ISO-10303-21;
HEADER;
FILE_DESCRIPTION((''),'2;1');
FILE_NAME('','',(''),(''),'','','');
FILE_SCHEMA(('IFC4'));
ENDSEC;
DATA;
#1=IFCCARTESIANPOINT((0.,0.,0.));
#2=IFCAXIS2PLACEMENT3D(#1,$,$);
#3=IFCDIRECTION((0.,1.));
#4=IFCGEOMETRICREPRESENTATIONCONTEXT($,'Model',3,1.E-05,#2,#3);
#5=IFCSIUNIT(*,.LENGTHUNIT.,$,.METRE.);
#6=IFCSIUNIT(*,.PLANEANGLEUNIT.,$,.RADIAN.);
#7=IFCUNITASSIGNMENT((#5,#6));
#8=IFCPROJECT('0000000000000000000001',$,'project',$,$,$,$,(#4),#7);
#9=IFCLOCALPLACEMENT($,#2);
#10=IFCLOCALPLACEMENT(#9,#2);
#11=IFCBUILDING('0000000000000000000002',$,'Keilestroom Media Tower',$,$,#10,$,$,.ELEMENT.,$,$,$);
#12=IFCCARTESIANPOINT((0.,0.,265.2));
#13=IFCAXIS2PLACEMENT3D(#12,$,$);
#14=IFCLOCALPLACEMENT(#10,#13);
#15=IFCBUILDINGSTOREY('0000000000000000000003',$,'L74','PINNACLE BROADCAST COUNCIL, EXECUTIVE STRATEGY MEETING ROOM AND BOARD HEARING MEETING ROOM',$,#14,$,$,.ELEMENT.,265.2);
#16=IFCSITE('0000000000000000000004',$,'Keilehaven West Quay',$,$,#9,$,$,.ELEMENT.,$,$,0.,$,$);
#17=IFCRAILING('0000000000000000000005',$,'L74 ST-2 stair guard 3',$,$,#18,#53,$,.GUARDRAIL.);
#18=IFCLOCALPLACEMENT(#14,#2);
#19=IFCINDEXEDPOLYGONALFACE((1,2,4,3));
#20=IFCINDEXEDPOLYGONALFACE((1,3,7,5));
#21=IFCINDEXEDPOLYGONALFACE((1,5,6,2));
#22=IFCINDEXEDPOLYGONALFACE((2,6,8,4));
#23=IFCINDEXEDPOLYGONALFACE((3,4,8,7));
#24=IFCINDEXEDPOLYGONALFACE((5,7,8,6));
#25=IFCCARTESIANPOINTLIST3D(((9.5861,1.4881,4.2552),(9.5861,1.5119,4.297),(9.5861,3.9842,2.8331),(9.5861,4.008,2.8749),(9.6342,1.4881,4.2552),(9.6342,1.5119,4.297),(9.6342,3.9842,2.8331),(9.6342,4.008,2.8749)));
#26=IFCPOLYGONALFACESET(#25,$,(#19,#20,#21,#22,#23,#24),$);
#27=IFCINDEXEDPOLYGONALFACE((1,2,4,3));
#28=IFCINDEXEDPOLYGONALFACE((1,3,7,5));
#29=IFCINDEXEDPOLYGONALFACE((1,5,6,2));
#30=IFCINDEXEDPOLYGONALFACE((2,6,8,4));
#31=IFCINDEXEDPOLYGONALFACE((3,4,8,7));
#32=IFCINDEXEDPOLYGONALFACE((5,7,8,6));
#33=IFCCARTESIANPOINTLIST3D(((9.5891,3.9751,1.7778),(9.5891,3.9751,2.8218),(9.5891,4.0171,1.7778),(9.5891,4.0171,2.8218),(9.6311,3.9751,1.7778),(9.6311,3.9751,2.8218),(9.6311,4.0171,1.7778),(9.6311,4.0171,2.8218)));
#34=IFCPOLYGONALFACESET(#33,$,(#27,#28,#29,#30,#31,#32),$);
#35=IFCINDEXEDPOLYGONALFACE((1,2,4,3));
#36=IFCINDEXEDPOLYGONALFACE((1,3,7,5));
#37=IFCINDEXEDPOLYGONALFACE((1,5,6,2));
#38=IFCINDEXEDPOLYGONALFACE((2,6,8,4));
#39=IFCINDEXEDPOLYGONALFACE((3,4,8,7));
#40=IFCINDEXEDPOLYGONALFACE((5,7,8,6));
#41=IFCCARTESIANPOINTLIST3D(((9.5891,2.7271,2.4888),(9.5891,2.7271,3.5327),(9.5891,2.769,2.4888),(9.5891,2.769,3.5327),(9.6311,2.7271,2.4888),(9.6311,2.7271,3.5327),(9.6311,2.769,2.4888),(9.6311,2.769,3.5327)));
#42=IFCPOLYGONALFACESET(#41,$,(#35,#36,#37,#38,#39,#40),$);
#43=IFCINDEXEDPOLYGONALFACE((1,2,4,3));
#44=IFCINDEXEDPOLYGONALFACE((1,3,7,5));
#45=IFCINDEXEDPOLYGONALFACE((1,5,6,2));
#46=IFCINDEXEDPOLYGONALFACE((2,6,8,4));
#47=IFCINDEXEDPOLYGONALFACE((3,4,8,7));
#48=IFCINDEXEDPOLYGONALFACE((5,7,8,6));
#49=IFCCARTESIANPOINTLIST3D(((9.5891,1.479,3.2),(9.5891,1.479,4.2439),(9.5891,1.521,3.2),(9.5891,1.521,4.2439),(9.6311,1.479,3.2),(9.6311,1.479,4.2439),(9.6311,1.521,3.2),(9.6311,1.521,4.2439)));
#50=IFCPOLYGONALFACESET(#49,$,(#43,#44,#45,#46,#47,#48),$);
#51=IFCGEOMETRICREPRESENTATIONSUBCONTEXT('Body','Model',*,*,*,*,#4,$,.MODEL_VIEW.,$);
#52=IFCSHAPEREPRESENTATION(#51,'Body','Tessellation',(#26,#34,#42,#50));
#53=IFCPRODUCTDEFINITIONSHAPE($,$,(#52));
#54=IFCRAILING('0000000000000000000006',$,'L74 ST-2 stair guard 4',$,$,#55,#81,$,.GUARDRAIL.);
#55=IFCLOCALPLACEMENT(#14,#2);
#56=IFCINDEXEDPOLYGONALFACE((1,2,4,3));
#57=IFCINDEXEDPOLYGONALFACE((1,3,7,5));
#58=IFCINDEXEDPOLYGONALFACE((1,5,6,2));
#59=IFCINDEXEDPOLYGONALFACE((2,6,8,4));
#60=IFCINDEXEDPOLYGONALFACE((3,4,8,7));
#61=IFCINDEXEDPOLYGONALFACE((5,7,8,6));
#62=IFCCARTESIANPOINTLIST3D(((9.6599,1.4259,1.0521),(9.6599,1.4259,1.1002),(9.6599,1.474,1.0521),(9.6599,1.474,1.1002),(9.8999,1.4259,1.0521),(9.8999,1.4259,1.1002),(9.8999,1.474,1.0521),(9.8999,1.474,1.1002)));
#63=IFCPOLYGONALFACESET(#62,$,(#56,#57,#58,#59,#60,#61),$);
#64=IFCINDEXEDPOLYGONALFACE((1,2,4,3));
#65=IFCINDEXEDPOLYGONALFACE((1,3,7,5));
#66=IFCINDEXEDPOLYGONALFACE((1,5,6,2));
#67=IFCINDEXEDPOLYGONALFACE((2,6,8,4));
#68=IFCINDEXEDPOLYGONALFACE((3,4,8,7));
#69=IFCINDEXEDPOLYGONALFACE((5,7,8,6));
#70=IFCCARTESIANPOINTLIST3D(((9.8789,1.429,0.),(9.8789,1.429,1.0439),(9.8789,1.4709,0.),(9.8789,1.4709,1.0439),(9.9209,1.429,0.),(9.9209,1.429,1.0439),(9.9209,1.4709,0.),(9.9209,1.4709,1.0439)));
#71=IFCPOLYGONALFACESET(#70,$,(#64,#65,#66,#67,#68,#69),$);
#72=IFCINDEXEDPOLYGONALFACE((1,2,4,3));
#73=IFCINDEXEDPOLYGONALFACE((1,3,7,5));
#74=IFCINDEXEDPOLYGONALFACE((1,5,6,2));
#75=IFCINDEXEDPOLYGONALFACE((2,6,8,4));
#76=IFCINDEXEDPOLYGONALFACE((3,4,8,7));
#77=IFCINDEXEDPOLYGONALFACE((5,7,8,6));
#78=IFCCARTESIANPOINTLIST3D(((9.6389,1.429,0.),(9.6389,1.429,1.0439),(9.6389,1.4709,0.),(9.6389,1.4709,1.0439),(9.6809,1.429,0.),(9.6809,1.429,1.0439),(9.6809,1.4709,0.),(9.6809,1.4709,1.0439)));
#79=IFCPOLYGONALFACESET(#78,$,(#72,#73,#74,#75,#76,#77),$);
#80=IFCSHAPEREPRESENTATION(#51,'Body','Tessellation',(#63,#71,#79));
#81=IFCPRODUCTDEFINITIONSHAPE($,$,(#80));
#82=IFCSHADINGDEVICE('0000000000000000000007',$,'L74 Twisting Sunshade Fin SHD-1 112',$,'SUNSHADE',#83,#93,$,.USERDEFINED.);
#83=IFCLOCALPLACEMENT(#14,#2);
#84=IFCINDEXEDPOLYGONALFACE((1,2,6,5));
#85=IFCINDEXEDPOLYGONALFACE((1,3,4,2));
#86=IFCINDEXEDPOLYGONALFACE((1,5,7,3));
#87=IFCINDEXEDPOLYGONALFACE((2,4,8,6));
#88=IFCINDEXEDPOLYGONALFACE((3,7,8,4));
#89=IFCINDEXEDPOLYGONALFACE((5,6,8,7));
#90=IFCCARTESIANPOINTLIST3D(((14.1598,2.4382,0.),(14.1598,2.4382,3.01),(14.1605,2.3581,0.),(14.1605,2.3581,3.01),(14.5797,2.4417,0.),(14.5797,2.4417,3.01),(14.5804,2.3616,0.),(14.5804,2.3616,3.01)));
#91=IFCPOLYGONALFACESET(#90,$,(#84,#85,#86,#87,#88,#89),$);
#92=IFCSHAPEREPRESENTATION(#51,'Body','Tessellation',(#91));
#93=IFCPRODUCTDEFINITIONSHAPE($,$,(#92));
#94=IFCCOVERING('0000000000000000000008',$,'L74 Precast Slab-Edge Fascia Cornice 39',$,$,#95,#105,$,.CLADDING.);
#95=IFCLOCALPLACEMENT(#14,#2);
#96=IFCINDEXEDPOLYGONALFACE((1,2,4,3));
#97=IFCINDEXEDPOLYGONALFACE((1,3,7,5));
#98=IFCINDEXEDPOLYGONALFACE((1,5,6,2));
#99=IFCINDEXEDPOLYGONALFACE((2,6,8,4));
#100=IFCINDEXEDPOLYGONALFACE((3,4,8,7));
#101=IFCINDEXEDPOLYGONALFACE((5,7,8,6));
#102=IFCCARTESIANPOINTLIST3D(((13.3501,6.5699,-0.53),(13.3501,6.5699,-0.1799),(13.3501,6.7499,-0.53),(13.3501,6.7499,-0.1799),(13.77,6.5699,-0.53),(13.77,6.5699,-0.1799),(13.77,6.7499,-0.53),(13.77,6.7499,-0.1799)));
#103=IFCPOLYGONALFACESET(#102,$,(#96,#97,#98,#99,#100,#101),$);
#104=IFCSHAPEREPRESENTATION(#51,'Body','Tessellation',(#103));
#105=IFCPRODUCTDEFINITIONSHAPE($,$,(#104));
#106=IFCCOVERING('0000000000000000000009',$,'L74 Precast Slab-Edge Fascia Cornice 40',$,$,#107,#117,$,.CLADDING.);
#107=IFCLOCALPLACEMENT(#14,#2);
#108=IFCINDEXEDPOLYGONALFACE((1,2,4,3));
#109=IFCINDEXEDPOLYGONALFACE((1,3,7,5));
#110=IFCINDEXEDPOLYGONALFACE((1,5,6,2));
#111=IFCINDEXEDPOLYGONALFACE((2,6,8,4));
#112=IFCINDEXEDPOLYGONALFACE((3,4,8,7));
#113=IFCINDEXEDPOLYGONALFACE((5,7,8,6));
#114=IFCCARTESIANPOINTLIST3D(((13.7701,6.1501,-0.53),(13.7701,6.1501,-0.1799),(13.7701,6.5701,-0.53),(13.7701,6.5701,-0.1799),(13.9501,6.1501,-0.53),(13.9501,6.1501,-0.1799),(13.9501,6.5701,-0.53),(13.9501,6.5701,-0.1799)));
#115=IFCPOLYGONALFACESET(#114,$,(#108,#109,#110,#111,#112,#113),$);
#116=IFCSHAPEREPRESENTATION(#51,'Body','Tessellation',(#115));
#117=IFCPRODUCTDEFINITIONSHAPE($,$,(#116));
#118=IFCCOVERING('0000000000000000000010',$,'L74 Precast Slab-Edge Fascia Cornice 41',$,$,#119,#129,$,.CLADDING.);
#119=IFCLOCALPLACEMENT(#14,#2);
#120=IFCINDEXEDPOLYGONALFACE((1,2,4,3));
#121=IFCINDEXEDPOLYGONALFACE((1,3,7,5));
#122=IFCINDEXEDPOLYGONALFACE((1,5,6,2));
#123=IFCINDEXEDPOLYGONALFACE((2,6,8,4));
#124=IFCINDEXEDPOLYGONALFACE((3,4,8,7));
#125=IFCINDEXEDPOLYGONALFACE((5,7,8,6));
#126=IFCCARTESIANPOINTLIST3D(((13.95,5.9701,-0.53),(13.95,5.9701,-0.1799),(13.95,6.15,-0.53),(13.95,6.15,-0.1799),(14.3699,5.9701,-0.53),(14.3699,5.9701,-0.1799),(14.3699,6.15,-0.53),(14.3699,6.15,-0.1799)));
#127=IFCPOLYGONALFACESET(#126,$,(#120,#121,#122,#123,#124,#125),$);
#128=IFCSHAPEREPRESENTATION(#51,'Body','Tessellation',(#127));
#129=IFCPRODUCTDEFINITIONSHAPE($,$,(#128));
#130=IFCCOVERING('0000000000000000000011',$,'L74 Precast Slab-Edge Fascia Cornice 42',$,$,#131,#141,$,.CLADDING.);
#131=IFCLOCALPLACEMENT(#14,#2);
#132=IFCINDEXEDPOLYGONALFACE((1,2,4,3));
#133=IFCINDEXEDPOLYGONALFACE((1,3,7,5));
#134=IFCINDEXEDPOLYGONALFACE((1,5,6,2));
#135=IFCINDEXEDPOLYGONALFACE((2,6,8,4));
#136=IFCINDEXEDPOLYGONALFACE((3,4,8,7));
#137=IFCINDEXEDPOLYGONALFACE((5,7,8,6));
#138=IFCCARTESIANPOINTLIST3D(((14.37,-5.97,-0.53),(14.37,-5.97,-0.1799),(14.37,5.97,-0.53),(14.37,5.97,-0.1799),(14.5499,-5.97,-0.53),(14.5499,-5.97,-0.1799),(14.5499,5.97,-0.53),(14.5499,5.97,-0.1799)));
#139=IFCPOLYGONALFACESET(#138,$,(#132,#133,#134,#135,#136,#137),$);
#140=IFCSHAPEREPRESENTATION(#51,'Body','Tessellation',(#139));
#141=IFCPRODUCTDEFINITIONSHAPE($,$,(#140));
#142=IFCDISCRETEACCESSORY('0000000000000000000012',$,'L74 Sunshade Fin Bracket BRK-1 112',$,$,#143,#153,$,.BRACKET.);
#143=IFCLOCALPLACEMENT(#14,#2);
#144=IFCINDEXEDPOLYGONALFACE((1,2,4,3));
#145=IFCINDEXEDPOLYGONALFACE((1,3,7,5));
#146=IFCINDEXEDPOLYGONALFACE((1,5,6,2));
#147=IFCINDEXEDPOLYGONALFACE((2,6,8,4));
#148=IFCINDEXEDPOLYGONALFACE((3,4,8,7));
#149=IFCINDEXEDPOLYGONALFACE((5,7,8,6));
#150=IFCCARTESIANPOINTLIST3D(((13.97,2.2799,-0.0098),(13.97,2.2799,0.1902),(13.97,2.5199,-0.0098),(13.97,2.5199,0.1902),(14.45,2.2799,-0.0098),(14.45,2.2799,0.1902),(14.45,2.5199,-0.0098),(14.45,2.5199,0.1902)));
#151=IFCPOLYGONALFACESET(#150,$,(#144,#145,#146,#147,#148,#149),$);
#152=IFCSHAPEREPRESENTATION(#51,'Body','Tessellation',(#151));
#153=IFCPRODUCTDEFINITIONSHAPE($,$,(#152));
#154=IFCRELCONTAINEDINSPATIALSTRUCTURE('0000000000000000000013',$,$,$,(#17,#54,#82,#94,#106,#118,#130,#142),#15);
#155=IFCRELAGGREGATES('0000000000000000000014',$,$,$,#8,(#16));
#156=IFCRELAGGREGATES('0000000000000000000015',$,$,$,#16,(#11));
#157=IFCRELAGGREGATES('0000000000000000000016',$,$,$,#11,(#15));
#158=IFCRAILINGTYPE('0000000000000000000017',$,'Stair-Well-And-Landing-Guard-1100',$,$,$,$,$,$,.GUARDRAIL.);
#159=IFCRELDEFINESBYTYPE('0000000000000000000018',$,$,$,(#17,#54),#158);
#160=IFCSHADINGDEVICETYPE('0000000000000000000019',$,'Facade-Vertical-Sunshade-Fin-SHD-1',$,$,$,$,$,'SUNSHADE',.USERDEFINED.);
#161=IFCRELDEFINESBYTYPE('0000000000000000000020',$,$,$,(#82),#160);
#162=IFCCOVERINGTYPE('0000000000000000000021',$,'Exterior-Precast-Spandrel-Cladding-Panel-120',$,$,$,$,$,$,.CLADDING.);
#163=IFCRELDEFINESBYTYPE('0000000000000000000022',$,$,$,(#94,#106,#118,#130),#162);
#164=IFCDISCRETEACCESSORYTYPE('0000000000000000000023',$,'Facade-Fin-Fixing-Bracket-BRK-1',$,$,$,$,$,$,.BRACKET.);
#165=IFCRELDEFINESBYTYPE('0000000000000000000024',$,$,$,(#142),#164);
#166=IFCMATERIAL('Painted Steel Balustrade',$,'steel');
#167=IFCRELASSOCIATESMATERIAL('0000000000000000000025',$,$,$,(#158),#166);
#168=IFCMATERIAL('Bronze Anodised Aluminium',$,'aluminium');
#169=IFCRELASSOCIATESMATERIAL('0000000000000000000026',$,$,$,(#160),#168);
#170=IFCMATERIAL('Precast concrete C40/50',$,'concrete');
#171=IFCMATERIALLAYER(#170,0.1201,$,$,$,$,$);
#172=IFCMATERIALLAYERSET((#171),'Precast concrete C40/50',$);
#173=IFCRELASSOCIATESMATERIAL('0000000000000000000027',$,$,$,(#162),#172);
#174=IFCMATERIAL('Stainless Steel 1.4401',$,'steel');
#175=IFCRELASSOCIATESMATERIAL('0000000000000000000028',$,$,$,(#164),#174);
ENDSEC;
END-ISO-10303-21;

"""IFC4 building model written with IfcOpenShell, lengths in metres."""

from ifc_helpers import new_model, si_unit, direction, frame, origin, origin_2d, place, context, subcontext, project, spatial, rectangle, extrude, source, transform, mapped, material, layer, layer_set, type_object, element, save


model = new_model("IFC4")

# Units and contexts
model_context = context("Model", 3, precision=1e-05, world=origin(), true_north=direction((0.0, 1.0)))
body_context = subcontext(model_context, "Body", "Model", "MODEL_VIEW")
ifc_project = project(units=[si_unit("LENGTHUNIT", "METRE"), si_unit("PLANEANGLEUNIT", "RADIAN")], contexts=[model_context])

# Site, building, storey
site_placement = place(None, origin())
site = spatial("IfcSite", under=ifc_project, at=site_placement, Name="Keilehaven West Quay", CompositionType="ELEMENT", RefElevation=0.0)
building_placement = place(site_placement, origin())
building = spatial("IfcBuilding", under=site, at=building_placement, Name="Keilestroom Media Tower", CompositionType="ELEMENT")
storey_placement = place(building_placement, frame((0.0, 0.0, 265.2)))
storey = spatial("IfcBuildingStorey", under=building, at=storey_placement, Name="L74", Description="PINNACLE BROADCAST COUNCIL, EXECUTIVE STRATEGY MEETING ROOM AND BOARD HEARING MEETING ROOM", CompositionType="ELEMENT", Elevation=265.2)

# Shared definitions
ifc_material_1 = material(Name="Precast concrete C40/50", Category="concrete")

# Railings
ifc_material_2 = material(Name="Painted Steel Balustrade", Category="steel")
railing_type_1 = type_object("IfcRailingType", Name="Stair-Well-And-Landing-Guard-1100", PredefinedType="GUARDRAIL", material=ifc_material_2)
railing_1_placement = place(storey_placement, frame((9.6101, 3.9961, 1.7778)))
element("IfcRailing", 1, at=railing_1_placement, inside=storey, type_object=railing_type_1, Name="L74 ST-2 stair guard 3", PredefinedType="GUARDRAIL", context=body_context, shape_type="SweptSolid", body=[
    extrude(rectangle(XDim=0.0481, YDim=0.0481, at=origin_2d()), frame((0.0, 0.0, 1.0762), z_axis=(0.0, -0.868875, 0.495031), x_axis=(1.0, 0.0, 0.0)), (0.0, 0.0, 1.0), 2.8728),
    extrude(rectangle(XDim=0.042, YDim=0.042, at=origin_2d()), origin(), (0.0, 0.0, 1.0), 1.0439),
    extrude(rectangle(XDim=0.042, YDim=0.042, at=origin_2d()), frame((0.0, -1.248, 0.7109)), (0.0, 0.0, 1.0), 1.0439),
    extrude(rectangle(XDim=0.042, YDim=0.042, at=origin_2d()), frame((0.0, -2.4961, 1.4221)), (0.0, 0.0, 1.0), 1.0439),
])
railing_2_placement = place(storey_placement, frame((9.8999, 1.45, 0.0)))
element("IfcRailing", 2, at=railing_2_placement, inside=storey, type_object=railing_type_1, Name="L74 ST-2 stair guard 4", PredefinedType="GUARDRAIL", context=body_context, shape_type="SweptSolid", body=[
    extrude(rectangle(XDim=0.0481, YDim=0.0481, at=origin_2d()), frame((0.0, 0.0, 1.0762), z_axis=(-1.0, 0.0, 0.0), x_axis=(0.0, -1.0, 0.0)), (0.0, 0.0, 1.0), 0.24),
    extrude(rectangle(XDim=0.042, YDim=0.042, at=origin_2d()), origin(), (0.0, 0.0, 1.0), 1.0439),
    extrude(rectangle(XDim=0.042, YDim=0.042, at=origin_2d()), frame((-0.24, 0.0, 0.0)), (0.0, 0.0, 1.0), 1.0439),
])

# Shading device
ifc_material_3 = material(Name="Bronze Anodised Aluminium", Category="aluminium")
shading_device_type = type_object("IfcShadingDeviceType", Name="Facade-Vertical-Sunshade-Fin-SHD-1", ElementType="SUNSHADE", PredefinedType="USERDEFINED", material=ifc_material_3)
shared_shape_1 = source(origin(), body_context, "Body", "SweptSolid", [
    extrude(rectangle(XDim=0.4199, YDim=0.0801, at=origin_2d()), origin(), (0.0, 0.0, 1.0), 3.01),
])
shading_device_placement = place(storey_placement, frame((14.3701, 2.3999, 0.0), z_axis=(0.0, 0.0, 1.0), x_axis=(0.999966, 0.008203, 0.0)))
element("IfcShadingDevice", 3, at=shading_device_placement, inside=storey, type_object=shading_device_type, Name="L74 Twisting Sunshade Fin SHD-1 112", ObjectType="SUNSHADE", PredefinedType="USERDEFINED", context=body_context, shape_type="MappedRepresentation", body=[
    mapped(shared_shape_1, transform((0.0, 0.0, 0.0), x_axis=(1.0, 0.0, 0.0), y_axis=(0.0, 1.0, 0.0), z_axis=(0.0, 0.0, 1.0), scale=1.0)),
])

# Coverings
ifc_layer_1 = layer(ifc_material_1, 0.1201)
ifc_layer_set_1 = layer_set([ifc_layer_1], Name="Precast concrete C40/50")
covering_type = type_object("IfcCoveringType", Name="Exterior-Precast-Spandrel-Cladding-Panel-120", PredefinedType="CLADDING", material=ifc_layer_set_1)
shared_shape_2 = source(origin(), body_context, "Body", "SweptSolid", [
    extrude(rectangle(XDim=0.4199, YDim=0.1799, at=origin_2d()), origin(), (0.0, 0.0, 1.0), 0.3501),
])
for number, where, z_axis, x_axis, name in (
    (4, (13.5601, 6.6599, -0.53), (0.0, 0.0, 1.0), (1.0, 0.0, 0.0), "L74 Precast Slab-Edge Fascia Cornice 39"),
    (5, (13.8601, 6.3601, -0.53), (0.0, 0.0, 1.0), (0.0, -1.0, 0.0), "L74 Precast Slab-Edge Fascia Cornice 40"),
    (6, (14.1599, 6.0601, -0.53), (0.0, 0.0, 1.0), (1.0, 0.0, 0.0), "L74 Precast Slab-Edge Fascia Cornice 41"),
):
    element("IfcCovering", number, at=place(storey_placement, frame(where, z_axis=z_axis, x_axis=x_axis)), inside=storey, type_object=covering_type, Name=name, PredefinedType="CLADDING", context=body_context, shape_type="MappedRepresentation", body=[
        mapped(shared_shape_2, transform((0.0, 0.0, 0.0), x_axis=(1.0, 0.0, 0.0), y_axis=(0.0, 1.0, 0.0), z_axis=(0.0, 0.0, 1.0), scale=1.0)),
    ])
shared_shape_3 = source(origin(), body_context, "Body", "SweptSolid", [
    extrude(rectangle(XDim=11.9399, YDim=0.1799, at=origin_2d()), origin(), (0.0, 0.0, 1.0), 0.3501),
])
covering_placement = place(storey_placement, frame((14.46, 0.0, -0.53), z_axis=(0.0, 0.0, 1.0), x_axis=(0.0, -1.0, 0.0)))
element("IfcCovering", 7, at=covering_placement, inside=storey, type_object=covering_type, Name="L74 Precast Slab-Edge Fascia Cornice 42", PredefinedType="CLADDING", context=body_context, shape_type="MappedRepresentation", body=[
    mapped(shared_shape_3, transform((0.0, 0.0, 0.0), x_axis=(1.0, 0.0, 0.0), y_axis=(0.0, 1.0, 0.0), z_axis=(0.0, 0.0, 1.0), scale=1.0)),
])

# Discrete accessory
ifc_material_4 = material(Name="Stainless Steel 1.4401", Category="steel")
discrete_accessory_type = type_object("IfcDiscreteAccessoryType", Name="Facade-Fin-Fixing-Bracket-BRK-1", PredefinedType="BRACKET", material=ifc_material_4)
shared_shape_4 = source(origin(), body_context, "Body", "SweptSolid", [
    extrude(rectangle(XDim=0.48, YDim=0.24, at=origin_2d()), origin(), (0.0, 0.0, 1.0), 0.2),
])
discrete_accessory_placement = place(storey_placement, frame((14.21, 2.3999, -0.0098), z_axis=(0.0, 0.0, 1.0), x_axis=(1.0, 0.0, 0.0)))
element("IfcDiscreteAccessory", 8, at=discrete_accessory_placement, inside=storey, type_object=discrete_accessory_type, Name="L74 Sunshade Fin Bracket BRK-1 112", PredefinedType="BRACKET", context=body_context, shape_type="MappedRepresentation", body=[
    mapped(shared_shape_4, transform((0.0, 0.0, 0.0), x_axis=(1.0, 0.0, 0.0), y_axis=(0.0, 1.0, 0.0), z_axis=(0.0, 0.0, 1.0), scale=1.0)),
])

save(model, "model.ifc")
